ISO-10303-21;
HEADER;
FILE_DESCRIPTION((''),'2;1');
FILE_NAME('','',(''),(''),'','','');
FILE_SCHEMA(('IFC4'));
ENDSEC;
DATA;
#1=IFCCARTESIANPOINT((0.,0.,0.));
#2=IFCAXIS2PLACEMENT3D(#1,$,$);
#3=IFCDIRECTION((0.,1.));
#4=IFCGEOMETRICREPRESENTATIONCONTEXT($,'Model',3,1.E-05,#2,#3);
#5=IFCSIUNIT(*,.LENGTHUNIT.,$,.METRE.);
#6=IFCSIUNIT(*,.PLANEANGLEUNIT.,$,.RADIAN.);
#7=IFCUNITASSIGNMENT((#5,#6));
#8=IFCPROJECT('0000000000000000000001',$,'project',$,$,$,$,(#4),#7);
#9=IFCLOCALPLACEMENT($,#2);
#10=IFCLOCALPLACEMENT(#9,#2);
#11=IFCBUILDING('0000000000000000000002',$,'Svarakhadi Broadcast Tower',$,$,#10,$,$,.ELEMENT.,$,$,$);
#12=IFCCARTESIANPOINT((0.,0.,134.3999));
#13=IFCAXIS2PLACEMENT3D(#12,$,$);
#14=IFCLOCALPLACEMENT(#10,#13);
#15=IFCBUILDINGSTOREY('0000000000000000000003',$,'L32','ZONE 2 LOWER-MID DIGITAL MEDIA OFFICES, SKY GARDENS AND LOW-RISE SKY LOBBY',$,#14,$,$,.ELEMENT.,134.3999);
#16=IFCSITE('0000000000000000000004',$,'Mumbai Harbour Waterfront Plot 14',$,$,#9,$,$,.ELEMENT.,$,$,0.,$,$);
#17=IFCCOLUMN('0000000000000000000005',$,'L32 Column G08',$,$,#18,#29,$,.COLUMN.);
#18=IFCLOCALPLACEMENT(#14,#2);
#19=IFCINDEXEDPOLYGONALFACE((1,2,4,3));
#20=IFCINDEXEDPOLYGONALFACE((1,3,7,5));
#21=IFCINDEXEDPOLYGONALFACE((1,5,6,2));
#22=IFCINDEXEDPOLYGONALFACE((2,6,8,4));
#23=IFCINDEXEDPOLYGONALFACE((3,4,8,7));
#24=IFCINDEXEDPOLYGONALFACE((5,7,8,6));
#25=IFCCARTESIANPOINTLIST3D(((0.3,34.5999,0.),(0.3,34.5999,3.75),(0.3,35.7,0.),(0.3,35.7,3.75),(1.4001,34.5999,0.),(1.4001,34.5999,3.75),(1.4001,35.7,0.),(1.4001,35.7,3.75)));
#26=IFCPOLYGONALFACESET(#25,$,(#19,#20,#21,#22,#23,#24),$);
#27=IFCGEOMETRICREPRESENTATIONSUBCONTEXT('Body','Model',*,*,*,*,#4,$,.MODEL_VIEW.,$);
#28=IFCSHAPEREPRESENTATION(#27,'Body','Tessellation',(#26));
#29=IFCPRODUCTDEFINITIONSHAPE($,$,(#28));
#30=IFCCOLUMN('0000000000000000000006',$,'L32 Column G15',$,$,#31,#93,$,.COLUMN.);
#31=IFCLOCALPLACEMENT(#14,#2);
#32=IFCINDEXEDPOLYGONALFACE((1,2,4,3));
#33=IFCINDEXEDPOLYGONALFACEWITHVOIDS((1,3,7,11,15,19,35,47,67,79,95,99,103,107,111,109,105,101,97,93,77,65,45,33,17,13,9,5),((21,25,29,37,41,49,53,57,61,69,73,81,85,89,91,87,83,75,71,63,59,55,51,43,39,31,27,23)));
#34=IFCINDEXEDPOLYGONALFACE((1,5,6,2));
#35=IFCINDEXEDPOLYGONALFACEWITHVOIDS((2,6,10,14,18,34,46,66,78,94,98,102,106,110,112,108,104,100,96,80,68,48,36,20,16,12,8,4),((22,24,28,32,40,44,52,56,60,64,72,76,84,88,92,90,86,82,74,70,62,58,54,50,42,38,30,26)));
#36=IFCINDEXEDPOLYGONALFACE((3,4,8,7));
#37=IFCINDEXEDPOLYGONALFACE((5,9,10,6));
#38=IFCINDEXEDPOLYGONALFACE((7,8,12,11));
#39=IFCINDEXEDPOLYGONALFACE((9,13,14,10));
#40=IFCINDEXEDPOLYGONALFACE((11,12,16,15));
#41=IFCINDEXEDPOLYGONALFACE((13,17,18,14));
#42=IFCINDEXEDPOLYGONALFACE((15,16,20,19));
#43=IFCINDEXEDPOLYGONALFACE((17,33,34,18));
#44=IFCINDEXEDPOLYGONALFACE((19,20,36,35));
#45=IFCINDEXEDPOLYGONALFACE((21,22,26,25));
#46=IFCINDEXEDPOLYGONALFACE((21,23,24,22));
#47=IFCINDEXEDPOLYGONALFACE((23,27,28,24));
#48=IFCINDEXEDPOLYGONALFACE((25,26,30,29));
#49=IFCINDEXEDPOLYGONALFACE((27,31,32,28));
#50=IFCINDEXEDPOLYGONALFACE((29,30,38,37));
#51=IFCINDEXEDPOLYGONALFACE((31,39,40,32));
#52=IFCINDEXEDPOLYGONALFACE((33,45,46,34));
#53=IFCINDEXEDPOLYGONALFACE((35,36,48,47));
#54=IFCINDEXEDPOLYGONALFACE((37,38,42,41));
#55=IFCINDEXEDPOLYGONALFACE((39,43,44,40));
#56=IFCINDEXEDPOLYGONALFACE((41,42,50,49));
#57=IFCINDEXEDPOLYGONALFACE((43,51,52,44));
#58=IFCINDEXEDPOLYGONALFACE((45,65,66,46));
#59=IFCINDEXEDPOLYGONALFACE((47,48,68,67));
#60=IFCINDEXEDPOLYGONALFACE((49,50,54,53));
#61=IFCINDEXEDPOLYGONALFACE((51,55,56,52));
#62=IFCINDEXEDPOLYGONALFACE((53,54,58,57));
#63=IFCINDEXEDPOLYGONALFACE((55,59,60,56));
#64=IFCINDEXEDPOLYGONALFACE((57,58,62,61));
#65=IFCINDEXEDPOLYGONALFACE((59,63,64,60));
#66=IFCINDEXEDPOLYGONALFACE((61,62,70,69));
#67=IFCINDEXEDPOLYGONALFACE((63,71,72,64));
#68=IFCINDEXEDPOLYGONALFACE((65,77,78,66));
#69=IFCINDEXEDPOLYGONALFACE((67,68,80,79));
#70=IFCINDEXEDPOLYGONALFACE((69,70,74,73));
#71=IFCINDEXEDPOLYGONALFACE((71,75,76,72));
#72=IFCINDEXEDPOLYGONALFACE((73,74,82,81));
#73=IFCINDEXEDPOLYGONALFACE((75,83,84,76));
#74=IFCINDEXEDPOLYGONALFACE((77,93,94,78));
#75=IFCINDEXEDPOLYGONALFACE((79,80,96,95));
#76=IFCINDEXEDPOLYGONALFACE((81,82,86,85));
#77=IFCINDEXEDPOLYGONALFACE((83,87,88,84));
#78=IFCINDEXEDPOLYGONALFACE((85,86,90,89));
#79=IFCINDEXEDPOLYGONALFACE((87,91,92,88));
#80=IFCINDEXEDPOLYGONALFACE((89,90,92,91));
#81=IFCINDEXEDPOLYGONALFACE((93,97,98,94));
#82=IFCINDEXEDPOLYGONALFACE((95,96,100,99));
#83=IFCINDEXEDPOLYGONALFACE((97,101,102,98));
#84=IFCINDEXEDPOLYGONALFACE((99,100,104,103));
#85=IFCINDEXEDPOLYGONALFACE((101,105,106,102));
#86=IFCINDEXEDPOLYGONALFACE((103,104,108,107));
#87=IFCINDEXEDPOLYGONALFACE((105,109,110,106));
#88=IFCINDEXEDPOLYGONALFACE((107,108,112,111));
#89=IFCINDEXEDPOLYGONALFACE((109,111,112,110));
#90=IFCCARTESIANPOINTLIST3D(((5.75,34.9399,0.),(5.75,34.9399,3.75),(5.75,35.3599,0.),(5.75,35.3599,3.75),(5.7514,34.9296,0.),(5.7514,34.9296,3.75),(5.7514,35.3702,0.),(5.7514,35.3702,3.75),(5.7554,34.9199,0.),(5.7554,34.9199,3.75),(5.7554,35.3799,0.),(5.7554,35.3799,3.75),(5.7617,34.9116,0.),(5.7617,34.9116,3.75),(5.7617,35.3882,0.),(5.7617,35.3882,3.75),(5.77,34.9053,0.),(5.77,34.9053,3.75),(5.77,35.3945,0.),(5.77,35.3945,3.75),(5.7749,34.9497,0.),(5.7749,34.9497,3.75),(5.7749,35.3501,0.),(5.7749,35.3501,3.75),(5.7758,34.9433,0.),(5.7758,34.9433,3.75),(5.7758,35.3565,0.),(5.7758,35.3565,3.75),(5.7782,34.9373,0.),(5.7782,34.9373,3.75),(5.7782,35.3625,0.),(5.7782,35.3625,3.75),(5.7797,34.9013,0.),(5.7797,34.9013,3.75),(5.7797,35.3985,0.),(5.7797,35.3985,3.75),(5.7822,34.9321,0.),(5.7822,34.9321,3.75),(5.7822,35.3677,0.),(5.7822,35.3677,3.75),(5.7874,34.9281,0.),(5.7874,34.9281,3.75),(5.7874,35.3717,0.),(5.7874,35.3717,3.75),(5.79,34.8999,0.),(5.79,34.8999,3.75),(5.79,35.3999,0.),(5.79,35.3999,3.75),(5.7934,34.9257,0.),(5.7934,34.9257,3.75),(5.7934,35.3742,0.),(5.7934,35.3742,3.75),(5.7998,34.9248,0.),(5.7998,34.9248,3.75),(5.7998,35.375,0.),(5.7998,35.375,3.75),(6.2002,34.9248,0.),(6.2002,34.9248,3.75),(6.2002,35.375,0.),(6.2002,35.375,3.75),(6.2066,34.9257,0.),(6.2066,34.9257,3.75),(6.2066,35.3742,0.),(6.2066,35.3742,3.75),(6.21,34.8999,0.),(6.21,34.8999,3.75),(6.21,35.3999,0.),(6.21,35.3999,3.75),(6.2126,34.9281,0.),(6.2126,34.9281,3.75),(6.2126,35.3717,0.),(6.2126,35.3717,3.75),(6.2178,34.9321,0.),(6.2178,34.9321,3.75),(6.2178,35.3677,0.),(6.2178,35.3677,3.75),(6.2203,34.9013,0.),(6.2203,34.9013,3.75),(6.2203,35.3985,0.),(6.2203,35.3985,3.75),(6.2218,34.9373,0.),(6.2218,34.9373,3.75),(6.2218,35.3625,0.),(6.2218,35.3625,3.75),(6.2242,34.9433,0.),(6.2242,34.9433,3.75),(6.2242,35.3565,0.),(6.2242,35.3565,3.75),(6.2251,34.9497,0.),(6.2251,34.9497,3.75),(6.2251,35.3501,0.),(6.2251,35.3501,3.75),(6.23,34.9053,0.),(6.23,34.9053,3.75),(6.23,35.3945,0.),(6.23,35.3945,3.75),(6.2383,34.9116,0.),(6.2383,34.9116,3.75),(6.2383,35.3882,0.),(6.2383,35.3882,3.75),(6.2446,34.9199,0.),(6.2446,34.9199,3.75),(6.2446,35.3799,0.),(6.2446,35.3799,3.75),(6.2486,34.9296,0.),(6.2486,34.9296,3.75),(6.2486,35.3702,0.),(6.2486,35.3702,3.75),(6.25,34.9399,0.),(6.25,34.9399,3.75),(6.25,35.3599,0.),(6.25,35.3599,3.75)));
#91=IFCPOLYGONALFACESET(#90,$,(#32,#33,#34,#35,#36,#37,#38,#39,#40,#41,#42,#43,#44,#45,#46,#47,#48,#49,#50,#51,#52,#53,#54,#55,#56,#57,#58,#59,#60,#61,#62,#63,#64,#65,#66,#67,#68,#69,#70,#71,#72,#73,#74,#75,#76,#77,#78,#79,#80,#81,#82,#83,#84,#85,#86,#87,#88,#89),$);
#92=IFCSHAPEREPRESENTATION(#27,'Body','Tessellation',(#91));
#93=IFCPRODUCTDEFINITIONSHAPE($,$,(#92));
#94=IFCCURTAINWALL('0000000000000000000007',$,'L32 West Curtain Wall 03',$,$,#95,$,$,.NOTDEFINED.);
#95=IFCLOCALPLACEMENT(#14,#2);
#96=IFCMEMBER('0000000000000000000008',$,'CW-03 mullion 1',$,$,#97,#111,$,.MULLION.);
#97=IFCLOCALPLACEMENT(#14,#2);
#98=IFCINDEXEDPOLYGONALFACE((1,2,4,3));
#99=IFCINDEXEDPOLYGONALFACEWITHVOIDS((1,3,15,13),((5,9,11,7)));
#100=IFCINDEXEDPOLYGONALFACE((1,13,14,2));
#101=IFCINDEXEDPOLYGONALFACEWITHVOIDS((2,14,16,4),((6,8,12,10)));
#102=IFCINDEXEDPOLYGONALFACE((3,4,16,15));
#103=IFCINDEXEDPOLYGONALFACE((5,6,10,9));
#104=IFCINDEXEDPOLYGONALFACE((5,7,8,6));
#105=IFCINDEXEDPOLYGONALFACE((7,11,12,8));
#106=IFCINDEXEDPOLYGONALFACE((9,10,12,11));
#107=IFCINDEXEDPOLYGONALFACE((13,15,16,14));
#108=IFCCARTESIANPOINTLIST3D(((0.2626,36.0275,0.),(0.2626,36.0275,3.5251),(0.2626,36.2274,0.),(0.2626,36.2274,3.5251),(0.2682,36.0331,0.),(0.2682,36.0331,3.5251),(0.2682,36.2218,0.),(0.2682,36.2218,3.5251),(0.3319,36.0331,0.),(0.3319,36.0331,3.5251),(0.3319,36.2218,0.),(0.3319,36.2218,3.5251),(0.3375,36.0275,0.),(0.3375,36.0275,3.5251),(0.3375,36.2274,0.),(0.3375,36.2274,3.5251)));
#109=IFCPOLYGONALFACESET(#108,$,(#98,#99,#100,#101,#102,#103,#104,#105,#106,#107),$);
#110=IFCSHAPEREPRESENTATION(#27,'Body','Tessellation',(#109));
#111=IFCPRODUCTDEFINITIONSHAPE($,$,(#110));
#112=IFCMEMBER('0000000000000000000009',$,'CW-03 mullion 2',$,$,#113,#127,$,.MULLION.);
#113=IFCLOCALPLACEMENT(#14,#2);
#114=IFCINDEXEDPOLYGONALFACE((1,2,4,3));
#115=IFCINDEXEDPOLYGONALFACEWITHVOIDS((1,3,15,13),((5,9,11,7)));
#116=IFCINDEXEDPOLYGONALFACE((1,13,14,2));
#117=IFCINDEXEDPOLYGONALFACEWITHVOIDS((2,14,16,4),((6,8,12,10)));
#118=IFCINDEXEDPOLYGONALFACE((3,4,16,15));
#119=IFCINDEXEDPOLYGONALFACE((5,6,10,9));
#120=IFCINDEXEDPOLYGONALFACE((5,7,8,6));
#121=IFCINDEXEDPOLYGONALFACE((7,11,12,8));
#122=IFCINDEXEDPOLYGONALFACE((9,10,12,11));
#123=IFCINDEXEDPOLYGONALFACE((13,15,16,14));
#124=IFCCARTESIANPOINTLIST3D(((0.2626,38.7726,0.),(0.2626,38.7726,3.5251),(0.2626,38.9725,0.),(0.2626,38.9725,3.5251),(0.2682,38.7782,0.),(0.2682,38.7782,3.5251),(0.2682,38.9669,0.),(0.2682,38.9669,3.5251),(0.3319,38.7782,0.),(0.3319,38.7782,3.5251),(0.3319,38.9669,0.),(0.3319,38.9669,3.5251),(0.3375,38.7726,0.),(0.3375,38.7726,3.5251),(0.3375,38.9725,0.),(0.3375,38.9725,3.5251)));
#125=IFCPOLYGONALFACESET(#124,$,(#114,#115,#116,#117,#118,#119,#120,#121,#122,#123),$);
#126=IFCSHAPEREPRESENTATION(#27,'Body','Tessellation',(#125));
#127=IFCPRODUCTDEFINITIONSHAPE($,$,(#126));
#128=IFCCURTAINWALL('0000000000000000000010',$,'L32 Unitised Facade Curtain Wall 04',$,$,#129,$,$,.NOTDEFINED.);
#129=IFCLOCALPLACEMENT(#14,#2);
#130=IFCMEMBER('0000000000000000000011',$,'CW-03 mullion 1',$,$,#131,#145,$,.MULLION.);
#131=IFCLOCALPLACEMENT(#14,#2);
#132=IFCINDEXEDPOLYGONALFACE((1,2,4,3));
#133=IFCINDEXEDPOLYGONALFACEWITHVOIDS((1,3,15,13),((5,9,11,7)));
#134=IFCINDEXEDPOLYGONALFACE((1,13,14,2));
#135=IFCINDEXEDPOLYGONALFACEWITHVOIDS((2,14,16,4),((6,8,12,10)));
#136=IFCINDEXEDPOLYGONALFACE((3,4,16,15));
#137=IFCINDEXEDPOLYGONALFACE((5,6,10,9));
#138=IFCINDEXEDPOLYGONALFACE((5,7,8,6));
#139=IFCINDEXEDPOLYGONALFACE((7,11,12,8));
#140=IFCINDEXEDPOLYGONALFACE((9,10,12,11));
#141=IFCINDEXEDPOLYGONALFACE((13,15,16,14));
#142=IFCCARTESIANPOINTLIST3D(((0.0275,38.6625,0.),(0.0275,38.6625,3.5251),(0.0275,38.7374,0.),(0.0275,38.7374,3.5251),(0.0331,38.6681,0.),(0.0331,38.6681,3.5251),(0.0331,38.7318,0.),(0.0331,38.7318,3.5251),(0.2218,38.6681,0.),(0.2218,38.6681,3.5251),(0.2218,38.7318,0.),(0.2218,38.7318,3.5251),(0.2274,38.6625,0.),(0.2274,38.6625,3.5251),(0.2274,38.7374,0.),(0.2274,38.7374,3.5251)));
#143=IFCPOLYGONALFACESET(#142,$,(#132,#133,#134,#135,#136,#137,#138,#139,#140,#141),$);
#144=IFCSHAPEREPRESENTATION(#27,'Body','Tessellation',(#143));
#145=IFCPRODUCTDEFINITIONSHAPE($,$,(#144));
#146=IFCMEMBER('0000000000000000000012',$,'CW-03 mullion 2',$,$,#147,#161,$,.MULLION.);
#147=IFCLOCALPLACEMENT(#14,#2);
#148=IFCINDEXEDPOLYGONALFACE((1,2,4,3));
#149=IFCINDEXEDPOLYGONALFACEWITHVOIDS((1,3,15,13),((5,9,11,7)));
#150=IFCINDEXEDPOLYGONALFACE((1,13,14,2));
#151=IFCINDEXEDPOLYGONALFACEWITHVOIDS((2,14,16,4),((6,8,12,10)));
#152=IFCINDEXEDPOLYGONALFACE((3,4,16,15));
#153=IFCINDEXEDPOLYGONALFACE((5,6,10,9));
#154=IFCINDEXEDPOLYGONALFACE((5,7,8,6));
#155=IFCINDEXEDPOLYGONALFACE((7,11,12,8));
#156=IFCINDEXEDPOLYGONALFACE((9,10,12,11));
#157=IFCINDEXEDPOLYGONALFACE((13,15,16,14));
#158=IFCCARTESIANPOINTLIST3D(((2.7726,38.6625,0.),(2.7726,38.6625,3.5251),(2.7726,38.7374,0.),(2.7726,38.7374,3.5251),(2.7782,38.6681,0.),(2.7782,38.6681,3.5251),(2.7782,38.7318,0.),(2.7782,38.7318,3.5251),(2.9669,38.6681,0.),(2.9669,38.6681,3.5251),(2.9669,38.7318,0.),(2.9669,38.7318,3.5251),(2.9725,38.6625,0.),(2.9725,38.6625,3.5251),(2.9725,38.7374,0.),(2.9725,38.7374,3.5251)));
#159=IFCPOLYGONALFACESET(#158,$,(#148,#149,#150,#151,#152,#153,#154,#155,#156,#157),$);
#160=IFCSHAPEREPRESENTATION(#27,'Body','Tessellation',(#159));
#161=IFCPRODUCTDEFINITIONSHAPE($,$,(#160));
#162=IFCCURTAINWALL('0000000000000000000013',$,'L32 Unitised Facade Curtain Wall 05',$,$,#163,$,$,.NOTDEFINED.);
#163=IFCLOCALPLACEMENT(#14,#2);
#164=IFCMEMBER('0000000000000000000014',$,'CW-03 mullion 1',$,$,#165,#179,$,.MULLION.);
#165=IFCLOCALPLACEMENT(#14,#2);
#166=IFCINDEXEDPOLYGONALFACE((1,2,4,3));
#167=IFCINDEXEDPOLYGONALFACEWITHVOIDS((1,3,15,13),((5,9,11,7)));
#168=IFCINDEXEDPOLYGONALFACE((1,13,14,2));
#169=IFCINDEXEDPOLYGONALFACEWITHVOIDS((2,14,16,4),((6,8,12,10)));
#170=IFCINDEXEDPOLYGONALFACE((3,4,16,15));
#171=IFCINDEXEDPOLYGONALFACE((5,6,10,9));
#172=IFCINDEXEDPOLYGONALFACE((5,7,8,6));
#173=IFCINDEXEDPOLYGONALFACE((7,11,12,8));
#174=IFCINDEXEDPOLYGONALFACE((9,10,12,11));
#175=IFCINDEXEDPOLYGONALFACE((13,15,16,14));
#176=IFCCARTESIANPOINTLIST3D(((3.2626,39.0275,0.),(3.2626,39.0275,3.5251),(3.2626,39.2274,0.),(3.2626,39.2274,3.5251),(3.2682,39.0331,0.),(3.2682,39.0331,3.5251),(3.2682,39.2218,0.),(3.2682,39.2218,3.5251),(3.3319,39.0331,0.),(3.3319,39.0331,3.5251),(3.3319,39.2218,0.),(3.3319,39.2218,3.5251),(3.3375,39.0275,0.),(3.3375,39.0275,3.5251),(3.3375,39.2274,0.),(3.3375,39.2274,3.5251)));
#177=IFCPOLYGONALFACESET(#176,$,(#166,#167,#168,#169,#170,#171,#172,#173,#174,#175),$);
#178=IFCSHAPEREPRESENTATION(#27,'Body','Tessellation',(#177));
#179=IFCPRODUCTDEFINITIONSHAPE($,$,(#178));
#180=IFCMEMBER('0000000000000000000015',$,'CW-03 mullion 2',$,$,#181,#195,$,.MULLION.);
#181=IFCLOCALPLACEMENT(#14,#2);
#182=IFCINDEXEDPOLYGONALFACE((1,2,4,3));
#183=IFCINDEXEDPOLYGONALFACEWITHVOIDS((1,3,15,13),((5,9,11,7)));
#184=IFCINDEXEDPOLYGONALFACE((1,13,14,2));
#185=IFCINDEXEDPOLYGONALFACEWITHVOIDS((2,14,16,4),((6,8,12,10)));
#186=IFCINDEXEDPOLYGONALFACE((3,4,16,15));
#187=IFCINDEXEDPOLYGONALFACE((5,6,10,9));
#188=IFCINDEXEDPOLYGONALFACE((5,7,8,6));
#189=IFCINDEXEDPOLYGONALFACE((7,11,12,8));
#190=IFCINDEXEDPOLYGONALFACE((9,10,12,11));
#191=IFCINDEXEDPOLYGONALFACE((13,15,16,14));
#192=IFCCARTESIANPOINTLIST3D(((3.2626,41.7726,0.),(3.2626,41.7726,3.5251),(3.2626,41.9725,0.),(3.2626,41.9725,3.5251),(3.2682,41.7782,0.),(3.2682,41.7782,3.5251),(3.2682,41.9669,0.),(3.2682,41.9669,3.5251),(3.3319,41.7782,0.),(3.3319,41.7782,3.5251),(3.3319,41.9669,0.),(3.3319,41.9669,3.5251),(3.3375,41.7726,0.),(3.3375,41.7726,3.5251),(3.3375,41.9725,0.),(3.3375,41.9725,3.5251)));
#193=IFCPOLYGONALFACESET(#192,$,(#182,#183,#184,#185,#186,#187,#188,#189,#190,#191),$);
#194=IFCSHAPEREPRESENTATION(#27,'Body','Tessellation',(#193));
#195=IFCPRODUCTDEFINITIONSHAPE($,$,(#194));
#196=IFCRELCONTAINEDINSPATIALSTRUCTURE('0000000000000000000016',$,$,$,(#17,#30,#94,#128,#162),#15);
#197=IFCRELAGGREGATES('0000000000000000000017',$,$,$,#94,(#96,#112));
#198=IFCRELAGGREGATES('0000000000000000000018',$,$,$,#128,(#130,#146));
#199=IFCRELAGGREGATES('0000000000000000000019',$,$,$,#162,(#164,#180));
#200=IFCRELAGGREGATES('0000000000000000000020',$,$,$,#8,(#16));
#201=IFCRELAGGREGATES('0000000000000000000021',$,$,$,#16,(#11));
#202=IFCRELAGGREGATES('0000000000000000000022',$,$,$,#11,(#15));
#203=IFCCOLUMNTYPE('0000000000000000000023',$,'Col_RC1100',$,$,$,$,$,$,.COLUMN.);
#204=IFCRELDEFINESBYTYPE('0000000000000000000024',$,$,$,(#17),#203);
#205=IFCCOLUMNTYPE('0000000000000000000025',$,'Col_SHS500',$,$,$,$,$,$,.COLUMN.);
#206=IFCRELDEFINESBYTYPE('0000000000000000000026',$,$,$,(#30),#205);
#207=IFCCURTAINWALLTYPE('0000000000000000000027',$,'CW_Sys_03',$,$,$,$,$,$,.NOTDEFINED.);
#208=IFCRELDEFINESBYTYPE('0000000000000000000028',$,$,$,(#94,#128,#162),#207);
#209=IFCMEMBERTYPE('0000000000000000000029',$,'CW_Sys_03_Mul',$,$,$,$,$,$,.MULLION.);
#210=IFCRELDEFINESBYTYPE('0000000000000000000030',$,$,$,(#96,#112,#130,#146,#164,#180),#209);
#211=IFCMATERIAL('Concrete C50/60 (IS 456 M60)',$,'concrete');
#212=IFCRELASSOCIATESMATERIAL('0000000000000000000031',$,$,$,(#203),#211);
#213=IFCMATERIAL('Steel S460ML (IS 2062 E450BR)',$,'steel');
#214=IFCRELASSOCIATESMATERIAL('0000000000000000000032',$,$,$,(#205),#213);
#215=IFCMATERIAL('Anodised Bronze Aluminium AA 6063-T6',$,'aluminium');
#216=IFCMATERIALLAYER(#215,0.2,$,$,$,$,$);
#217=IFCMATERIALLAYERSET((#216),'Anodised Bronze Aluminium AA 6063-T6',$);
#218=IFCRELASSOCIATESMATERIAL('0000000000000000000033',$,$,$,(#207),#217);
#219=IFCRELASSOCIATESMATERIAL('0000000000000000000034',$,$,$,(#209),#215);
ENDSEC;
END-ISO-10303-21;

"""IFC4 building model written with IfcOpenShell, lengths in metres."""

from ifc_helpers import new_model, si_unit, direction, frame, origin, origin_2d, place, context, subcontext, project, spatial, rectangle, hollow_rectangle, extrude, material, layer, layer_set, material_profile, profile_set, type_object, element, aggregate, save


model = new_model("IFC4")

# Units and contexts
model_context = context("Model", 3, precision=1e-05, world=origin(), true_north=direction((0.0, 1.0)))
body_context = subcontext(model_context, "Body", "Model", "MODEL_VIEW")
ifc_project = project(units=[si_unit("LENGTHUNIT", "METRE"), si_unit("PLANEANGLEUNIT", "RADIAN")], contexts=[model_context])

# Site, building, storey
site_placement = place(None, origin())
site = spatial("IfcSite", under=ifc_project, at=site_placement, Name="Mumbai Harbour Waterfront Plot 14", CompositionType="ELEMENT", RefElevation=0.0)
building_placement = place(site_placement, origin())
building = spatial("IfcBuilding", under=site, at=building_placement, Name="Svarakhadi Broadcast Tower", CompositionType="ELEMENT")
storey_placement = place(building_placement, frame((0.0, 0.0, 134.3999)))
storey = spatial("IfcBuildingStorey", under=building, at=storey_placement, Name="L32", Description="ZONE 2 LOWER-MID DIGITAL MEDIA OFFICES, SKY GARDENS AND LOW-RISE SKY LOBBY", CompositionType="ELEMENT", Elevation=134.3999)

# Columns
ifc_material_1 = material(Name="Concrete C50/60 (IS 456 M60)", Category="concrete")
ifc_material_profile_1 = material_profile(ifc_material_1, rectangle(XDim=1.1001, YDim=1.1001, at=origin_2d()), Name="RC 1100x1100")
ifc_profile_set_1 = profile_set([ifc_material_profile_1], Name="Concrete C50/60 (IS 456 M60)")
column_type_1 = type_object("IfcColumnType", Name="Col_RC1100", PredefinedType="COLUMN", material=ifc_profile_set_1)
column_1_placement = place(storey_placement, frame((0.8501, 35.1499, 0.0), z_axis=(0.0, 0.0, 1.0), x_axis=(1.0, 0.0, 0.0)))
element("IfcColumn", 1, at=column_1_placement, inside=storey, type_object=column_type_1, Name="L32 Column G08", PredefinedType="COLUMN", context=body_context, shape_type="SweptSolid", body=[
    extrude(rectangle(XDim=1.1001, YDim=1.1001, at=origin_2d()), origin(), (0.0, 0.0, 1.0), 3.75),
])
ifc_material_2 = material(Name="Steel S460ML (IS 2062 E450BR)", Category="steel")
ifc_material_profile_2 = material_profile(ifc_material_2, hollow_rectangle(XDim=0.5, YDim=0.5, WallThickness=0.0249, InnerFilletRadius=0.0249, OuterFilletRadius=0.04, at=origin_2d()), Name="SHS 500x500x25")
ifc_profile_set_2 = profile_set([ifc_material_profile_2], Name="Steel S460ML (IS 2062 E450BR)")
column_type_2 = type_object("IfcColumnType", Name="Col_SHS500", PredefinedType="COLUMN", material=ifc_profile_set_2)
column_2_placement = place(storey_placement, frame((6.0, 35.1499, 0.0), z_axis=(0.0, 0.0, 1.0), x_axis=(1.0, 0.0, 0.0)))
element("IfcColumn", 2, at=column_2_placement, inside=storey, type_object=column_type_2, Name="L32 Column G15", PredefinedType="COLUMN", context=body_context, shape_type="SweptSolid", body=[
    extrude(hollow_rectangle(XDim=0.5, YDim=0.5, WallThickness=0.0249, InnerFilletRadius=0.0249, OuterFilletRadius=0.04, at=origin_2d()), origin(), (0.0, 0.0, 1.0), 3.75),
])

# Curtain walls, members
ifc_material_3 = material(Name="Anodised Bronze Aluminium AA 6063-T6", Category="aluminium")
ifc_layer_1 = layer(ifc_material_3, 0.2)
ifc_layer_set_1 = layer_set([ifc_layer_1], Name="Anodised Bronze Aluminium AA 6063-T6")
curtain_wall_type = type_object("IfcCurtainWallType", Name="CW_Sys_03", PredefinedType="NOTDEFINED", material=ifc_layer_set_1)
curtain_wall_1_placement = place(storey_placement, origin())
curtain_wall_1 = element("IfcCurtainWall", 3, at=curtain_wall_1_placement, inside=storey, type_object=curtain_wall_type, Name="L32 West Curtain Wall 03", PredefinedType="NOTDEFINED")
ifc_material_profile_3 = material_profile(ifc_material_3, hollow_rectangle(XDim=0.075, YDim=0.2, WallThickness=0.0056, at=origin_2d()), Name="ALU MULLION 200x75x6")
ifc_profile_set_3 = profile_set([ifc_material_profile_3], Name="Anodised Bronze Aluminium AA 6063-T6")
member_type_1 = type_object("IfcMemberType", Name="CW_Sys_03_Mul", PredefinedType="MULLION", material=ifc_profile_set_3)
member_1_placement = place(storey_placement, frame((0.3, 36.1274, 0.0), z_axis=(0.0, 0.0, 1.0), x_axis=(-1.0, 0.0, 0.0)))
member_1 = element("IfcMember", 4, at=member_1_placement, type_object=member_type_1, Name="CW-03 mullion 1", PredefinedType="MULLION", context=body_context, shape_type="SweptSolid", body=[
    extrude(hollow_rectangle(XDim=0.075, YDim=0.2, WallThickness=0.0056, at=origin_2d()), origin(), (0.0, 0.0, 1.0), 3.5251),
])
member_2_placement = place(storey_placement, frame((0.3, 38.8726, 0.0), z_axis=(0.0, 0.0, 1.0), x_axis=(-1.0, 0.0, 0.0)))
member_2 = element("IfcMember", 5, at=member_2_placement, type_object=member_type_1, Name="CW-03 mullion 2", PredefinedType="MULLION", context=body_context, shape_type="SweptSolid", body=[
    extrude(hollow_rectangle(XDim=0.075, YDim=0.2, WallThickness=0.0056, at=origin_2d()), origin(), (0.0, 0.0, 1.0), 3.5251),
])
curtain_wall_2_placement = place(storey_placement, origin())
curtain_wall_2 = element("IfcCurtainWall", 6, at=curtain_wall_2_placement, inside=storey, type_object=curtain_wall_type, Name="L32 Unitised Facade Curtain Wall 04", PredefinedType="NOTDEFINED")
member_3_placement = place(storey_placement, frame((0.1274, 38.7, 0.0), z_axis=(0.0, 0.0, 1.0), x_axis=(0.0, 1.0, 0.0)))
member_3 = element("IfcMember", 7, at=member_3_placement, type_object=member_type_1, Name="CW-03 mullion 1", PredefinedType="MULLION", context=body_context, shape_type="SweptSolid", body=[
    extrude(hollow_rectangle(XDim=0.075, YDim=0.2, WallThickness=0.0056, at=origin_2d()), origin(), (0.0, 0.0, 1.0), 3.5251),
])
member_4_placement = place(storey_placement, frame((2.8726, 38.7, 0.0), z_axis=(0.0, 0.0, 1.0), x_axis=(0.0, 1.0, 0.0)))
member_4 = element("IfcMember", 8, at=member_4_placement, type_object=member_type_1, Name="CW-03 mullion 2", PredefinedType="MULLION", context=body_context, shape_type="SweptSolid", body=[
    extrude(hollow_rectangle(XDim=0.075, YDim=0.2, WallThickness=0.0056, at=origin_2d()), origin(), (0.0, 0.0, 1.0), 3.5251),
])
curtain_wall_3_placement = place(storey_placement, origin())
curtain_wall_3 = element("IfcCurtainWall", 9, at=curtain_wall_3_placement, inside=storey, type_object=curtain_wall_type, Name="L32 Unitised Facade Curtain Wall 05", PredefinedType="NOTDEFINED")
member_5_placement = place(storey_placement, frame((3.3, 39.1274, 0.0), z_axis=(0.0, 0.0, 1.0), x_axis=(-1.0, 0.0, 0.0)))
member_5 = element("IfcMember", 10, at=member_5_placement, type_object=member_type_1, Name="CW-03 mullion 1", PredefinedType="MULLION", context=body_context, shape_type="SweptSolid", body=[
    extrude(hollow_rectangle(XDim=0.075, YDim=0.2, WallThickness=0.0056, at=origin_2d()), origin(), (0.0, 0.0, 1.0), 3.5251),
])
member_6_placement = place(storey_placement, frame((3.3, 41.8726, 0.0), z_axis=(0.0, 0.0, 1.0), x_axis=(-1.0, 0.0, 0.0)))
member_6 = element("IfcMember", 11, at=member_6_placement, type_object=member_type_1, Name="CW-03 mullion 2", PredefinedType="MULLION", context=body_context, shape_type="SweptSolid", body=[
    extrude(hollow_rectangle(XDim=0.075, YDim=0.2, WallThickness=0.0056, at=origin_2d()), origin(), (0.0, 0.0, 1.0), 3.5251),
])

aggregate(curtain_wall_1, [member_1, member_2])
aggregate(curtain_wall_2, [member_3, member_4])
aggregate(curtain_wall_3, [member_5, member_6])

save(model, "model.ifc")
